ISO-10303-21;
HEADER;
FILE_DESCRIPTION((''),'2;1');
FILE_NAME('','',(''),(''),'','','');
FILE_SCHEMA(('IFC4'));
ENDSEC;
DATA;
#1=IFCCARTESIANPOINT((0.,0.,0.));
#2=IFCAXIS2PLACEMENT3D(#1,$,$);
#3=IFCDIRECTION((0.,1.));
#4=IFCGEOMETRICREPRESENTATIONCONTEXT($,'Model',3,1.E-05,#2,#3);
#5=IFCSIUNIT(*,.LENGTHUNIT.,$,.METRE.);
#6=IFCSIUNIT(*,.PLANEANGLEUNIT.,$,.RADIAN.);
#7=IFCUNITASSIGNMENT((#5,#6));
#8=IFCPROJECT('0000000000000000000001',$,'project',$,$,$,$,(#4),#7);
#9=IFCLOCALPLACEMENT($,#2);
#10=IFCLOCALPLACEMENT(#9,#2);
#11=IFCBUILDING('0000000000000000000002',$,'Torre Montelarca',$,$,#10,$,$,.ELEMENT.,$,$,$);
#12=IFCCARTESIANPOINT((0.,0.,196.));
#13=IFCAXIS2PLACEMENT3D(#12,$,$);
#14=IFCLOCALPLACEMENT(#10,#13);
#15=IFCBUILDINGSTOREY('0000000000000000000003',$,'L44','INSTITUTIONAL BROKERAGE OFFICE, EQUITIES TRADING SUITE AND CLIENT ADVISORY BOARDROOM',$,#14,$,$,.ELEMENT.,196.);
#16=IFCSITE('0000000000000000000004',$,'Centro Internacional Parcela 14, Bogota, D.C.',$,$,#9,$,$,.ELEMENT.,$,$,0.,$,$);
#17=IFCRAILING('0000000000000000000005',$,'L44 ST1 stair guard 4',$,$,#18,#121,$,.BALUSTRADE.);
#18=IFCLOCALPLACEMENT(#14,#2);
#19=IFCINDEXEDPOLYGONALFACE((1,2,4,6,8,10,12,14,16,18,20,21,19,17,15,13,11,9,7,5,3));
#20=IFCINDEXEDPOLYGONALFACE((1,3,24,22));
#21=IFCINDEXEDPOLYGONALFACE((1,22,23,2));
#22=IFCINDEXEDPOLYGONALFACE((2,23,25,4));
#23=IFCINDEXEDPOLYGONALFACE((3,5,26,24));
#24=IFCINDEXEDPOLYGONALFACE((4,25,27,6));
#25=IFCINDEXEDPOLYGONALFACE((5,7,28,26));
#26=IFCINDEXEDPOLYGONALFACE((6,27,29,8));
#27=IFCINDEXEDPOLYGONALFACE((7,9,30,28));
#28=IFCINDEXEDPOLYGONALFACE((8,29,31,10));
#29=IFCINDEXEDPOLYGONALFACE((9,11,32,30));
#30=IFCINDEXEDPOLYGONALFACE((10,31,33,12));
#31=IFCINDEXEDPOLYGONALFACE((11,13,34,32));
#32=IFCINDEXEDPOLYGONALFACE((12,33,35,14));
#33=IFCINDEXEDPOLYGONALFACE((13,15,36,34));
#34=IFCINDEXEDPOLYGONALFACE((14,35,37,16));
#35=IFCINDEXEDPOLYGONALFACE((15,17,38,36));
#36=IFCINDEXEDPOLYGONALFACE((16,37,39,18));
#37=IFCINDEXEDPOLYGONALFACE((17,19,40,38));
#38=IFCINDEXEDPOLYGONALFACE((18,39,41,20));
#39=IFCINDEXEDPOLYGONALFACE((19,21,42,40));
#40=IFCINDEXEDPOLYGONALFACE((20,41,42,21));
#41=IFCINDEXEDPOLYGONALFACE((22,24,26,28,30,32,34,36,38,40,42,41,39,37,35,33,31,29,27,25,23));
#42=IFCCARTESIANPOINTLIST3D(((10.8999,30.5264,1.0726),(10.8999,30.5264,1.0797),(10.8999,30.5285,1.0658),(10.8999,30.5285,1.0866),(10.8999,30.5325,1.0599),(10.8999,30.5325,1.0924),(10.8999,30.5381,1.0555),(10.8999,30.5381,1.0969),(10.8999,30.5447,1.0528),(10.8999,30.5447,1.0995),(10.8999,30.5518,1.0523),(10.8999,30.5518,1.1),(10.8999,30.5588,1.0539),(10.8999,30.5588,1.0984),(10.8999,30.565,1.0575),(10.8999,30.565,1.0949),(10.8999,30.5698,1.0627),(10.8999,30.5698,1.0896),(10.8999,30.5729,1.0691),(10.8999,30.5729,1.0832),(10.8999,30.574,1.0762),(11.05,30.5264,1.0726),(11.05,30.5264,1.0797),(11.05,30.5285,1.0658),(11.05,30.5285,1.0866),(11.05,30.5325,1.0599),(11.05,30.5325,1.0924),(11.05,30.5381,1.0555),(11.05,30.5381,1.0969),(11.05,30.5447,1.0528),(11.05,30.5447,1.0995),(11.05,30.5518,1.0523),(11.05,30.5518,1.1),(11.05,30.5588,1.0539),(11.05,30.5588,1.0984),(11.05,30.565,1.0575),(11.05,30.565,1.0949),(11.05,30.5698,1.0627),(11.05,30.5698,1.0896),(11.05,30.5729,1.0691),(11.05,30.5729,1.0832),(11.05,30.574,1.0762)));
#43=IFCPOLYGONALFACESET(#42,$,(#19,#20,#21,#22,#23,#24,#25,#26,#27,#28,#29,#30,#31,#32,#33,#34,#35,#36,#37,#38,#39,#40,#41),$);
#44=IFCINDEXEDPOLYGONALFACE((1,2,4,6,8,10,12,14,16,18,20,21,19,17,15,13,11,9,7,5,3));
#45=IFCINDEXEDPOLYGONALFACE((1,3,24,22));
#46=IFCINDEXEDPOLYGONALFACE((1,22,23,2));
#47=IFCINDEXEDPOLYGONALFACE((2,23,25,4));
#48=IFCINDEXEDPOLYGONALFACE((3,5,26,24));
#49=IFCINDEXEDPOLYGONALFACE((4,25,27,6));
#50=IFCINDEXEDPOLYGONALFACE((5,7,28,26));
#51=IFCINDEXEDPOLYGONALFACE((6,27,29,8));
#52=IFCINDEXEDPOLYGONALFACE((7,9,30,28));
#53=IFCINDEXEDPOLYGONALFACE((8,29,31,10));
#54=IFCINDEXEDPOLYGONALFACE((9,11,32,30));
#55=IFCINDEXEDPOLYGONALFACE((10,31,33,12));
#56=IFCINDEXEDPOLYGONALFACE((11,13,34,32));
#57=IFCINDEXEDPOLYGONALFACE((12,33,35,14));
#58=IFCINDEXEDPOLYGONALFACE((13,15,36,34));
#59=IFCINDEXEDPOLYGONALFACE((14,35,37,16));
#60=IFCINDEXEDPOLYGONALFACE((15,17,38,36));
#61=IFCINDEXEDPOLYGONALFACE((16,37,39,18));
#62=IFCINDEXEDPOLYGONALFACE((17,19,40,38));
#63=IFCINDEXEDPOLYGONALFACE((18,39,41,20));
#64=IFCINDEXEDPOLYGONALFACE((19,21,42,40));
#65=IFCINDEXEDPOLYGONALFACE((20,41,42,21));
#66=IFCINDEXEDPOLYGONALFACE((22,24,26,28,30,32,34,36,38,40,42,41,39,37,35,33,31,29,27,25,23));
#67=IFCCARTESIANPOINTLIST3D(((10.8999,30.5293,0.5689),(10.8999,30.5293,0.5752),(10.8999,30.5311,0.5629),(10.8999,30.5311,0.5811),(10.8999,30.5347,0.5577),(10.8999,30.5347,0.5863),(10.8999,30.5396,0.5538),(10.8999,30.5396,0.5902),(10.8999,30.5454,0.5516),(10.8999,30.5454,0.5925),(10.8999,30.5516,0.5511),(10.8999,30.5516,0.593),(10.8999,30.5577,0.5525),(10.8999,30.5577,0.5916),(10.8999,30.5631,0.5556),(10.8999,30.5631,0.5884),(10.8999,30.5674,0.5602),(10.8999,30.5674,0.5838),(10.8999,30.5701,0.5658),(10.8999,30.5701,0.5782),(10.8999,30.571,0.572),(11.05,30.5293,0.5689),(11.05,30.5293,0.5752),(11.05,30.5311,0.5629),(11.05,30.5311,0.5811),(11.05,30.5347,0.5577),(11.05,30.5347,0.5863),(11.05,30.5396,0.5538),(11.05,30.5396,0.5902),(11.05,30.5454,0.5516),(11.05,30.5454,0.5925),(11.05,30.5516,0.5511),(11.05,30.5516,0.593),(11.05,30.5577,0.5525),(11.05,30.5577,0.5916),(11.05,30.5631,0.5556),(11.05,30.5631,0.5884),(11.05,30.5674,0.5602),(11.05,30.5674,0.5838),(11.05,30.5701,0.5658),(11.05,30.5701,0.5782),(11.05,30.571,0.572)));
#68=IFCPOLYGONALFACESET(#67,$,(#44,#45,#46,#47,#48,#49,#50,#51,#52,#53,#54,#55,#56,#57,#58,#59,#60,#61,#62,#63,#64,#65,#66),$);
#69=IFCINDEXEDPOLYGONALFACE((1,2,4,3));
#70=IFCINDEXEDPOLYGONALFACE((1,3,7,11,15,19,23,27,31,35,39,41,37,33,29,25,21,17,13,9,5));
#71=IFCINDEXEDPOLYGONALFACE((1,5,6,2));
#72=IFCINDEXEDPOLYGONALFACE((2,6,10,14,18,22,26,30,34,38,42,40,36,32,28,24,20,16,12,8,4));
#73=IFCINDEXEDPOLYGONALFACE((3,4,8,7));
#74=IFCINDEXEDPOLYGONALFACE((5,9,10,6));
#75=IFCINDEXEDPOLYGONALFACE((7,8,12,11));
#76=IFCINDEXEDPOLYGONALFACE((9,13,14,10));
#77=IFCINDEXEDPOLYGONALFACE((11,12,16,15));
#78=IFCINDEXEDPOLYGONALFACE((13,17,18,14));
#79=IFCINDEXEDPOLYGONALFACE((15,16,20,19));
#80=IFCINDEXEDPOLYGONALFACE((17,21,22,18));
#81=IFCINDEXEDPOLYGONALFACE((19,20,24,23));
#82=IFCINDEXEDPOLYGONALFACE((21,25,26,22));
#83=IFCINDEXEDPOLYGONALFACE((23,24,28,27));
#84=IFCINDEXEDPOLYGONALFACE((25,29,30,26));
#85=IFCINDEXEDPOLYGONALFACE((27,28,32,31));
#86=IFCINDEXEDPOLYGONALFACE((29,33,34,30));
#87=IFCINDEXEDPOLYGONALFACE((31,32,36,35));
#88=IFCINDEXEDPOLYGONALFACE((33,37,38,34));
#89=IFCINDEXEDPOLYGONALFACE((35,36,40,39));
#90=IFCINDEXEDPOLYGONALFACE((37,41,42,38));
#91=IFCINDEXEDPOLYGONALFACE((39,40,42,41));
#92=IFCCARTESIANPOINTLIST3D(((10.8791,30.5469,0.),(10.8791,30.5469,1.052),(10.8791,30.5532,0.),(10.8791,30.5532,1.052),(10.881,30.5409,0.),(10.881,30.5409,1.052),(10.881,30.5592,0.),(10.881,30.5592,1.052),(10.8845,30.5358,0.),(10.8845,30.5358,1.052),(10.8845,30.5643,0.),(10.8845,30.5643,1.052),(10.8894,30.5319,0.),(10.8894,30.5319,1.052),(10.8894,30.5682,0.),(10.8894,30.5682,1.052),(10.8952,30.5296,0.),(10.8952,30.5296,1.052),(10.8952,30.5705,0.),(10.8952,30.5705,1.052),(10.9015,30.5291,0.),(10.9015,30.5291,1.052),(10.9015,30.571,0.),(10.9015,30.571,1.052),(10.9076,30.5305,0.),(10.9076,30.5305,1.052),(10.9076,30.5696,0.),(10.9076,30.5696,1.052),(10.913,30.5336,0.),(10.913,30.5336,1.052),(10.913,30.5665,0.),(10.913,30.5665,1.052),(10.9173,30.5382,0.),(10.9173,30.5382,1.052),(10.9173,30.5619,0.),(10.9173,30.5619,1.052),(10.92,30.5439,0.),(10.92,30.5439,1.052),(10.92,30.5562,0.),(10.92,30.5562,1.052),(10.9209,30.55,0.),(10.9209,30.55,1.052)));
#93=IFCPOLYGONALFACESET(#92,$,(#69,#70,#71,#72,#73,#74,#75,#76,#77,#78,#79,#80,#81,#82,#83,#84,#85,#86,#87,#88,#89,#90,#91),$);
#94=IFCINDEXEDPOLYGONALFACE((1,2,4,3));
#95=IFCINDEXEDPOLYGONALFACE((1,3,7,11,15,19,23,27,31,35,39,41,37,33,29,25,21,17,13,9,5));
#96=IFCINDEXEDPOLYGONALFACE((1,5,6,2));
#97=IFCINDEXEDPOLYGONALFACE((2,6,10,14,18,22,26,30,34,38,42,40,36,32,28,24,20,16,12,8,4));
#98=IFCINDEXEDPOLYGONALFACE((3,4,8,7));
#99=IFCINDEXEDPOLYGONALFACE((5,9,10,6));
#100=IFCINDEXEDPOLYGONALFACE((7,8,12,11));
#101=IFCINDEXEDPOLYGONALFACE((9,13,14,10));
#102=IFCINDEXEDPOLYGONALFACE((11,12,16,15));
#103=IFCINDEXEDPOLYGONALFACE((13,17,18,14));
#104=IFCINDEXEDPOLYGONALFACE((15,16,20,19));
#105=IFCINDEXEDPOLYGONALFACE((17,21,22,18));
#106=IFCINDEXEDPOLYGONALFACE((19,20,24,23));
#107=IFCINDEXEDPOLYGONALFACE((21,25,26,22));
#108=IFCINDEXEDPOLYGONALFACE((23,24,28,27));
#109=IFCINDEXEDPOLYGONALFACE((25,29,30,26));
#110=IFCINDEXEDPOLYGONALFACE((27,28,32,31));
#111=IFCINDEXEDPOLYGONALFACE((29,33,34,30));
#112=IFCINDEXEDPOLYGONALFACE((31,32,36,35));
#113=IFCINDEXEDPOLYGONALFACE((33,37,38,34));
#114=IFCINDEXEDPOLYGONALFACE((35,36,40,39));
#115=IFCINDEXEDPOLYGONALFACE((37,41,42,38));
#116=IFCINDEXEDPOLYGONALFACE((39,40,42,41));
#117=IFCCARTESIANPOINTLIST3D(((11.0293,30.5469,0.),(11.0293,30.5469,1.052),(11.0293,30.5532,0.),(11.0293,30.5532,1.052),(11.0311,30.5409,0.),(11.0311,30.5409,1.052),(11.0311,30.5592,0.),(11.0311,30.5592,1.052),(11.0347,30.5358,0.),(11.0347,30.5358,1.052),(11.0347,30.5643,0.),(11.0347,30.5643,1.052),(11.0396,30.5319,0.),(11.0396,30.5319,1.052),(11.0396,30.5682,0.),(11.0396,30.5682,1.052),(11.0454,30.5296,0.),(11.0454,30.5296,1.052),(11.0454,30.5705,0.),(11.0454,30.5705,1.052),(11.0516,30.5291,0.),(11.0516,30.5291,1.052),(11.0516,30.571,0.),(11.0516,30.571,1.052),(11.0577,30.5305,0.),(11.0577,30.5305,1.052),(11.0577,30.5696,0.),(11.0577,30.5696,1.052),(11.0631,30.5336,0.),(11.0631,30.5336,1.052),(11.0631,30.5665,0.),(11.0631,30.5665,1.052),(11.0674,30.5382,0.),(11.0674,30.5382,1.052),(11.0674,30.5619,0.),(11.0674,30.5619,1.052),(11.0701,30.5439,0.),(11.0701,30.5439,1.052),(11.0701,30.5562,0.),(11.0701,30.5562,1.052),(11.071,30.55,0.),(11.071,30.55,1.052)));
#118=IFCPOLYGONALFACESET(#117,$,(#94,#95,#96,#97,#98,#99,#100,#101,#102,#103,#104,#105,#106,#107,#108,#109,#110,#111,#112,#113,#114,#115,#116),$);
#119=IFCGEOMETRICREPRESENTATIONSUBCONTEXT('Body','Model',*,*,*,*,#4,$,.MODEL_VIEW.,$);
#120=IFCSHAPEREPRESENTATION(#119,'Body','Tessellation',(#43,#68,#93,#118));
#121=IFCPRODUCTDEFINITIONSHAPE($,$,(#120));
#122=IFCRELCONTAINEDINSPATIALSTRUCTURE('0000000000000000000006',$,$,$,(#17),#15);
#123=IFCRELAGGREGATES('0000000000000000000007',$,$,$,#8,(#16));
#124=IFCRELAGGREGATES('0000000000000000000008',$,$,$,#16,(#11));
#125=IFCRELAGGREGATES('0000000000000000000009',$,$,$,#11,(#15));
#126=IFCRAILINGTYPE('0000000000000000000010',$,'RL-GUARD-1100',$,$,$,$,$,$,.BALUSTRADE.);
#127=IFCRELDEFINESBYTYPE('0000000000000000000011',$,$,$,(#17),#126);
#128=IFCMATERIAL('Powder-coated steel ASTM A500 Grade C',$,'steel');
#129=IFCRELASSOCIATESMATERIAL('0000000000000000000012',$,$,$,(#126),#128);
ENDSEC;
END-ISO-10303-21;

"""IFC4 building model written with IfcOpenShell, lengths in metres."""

from ifc_helpers import new_model, si_unit, direction, frame, origin, origin_2d, place, context, subcontext, project, spatial, circle, extrude, material, type_object, element, save


model = new_model("IFC4")

# Units and contexts
model_context = context("Model", 3, precision=1e-05, world=origin(), true_north=direction((0.0, 1.0)))
body_context = subcontext(model_context, "Body", "Model", "MODEL_VIEW")
ifc_project = project(units=[si_unit("LENGTHUNIT", "METRE"), si_unit("PLANEANGLEUNIT", "RADIAN")], contexts=[model_context])

# Site, building, storey
site_placement = place(None, origin())
site = spatial("IfcSite", under=ifc_project, at=site_placement, Name="Centro Internacional Parcela 14, Bogota, D.C.", CompositionType="ELEMENT", RefElevation=0.0)
building_placement = place(site_placement, origin())
building = spatial("IfcBuilding", under=site, at=building_placement, Name="Torre Montelarca", CompositionType="ELEMENT")
storey_placement = place(building_placement, frame((0.0, 0.0, 196.0)))
storey = spatial("IfcBuildingStorey", under=building, at=storey_placement, Name="L44", Description="INSTITUTIONAL BROKERAGE OFFICE, EQUITIES TRADING SUITE AND CLIENT ADVISORY BOARDROOM", CompositionType="ELEMENT", Elevation=196.0)

# Railing
ifc_material_1 = material(Name="Powder-coated steel ASTM A500 Grade C", Category="steel")
railing_type_1 = type_object("IfcRailingType", Name="RL-GUARD-1100", PredefinedType="BALUSTRADE", material=ifc_material_1)
railing_1_placement = place(storey_placement, frame((10.8999, 30.55, 0.0)))
element("IfcRailing", 1, at=railing_1_placement, inside=storey, type_object=railing_type_1, Name="L44 ST1 stair guard 4", PredefinedType="BALUSTRADE", context=body_context, shape_type="SweptSolid", body=[
    extrude(circle(Radius=0.0239, at=origin_2d()), frame((0.0, 0.0, 1.0762), z_axis=(1.0, 0.0, 0.0), x_axis=(0.0, 1.0, 0.0)), (0.0, 0.0, 1.0), 0.1501),
    extrude(circle(Radius=0.021, at=origin_2d()), frame((0.0, 0.0, 0.572), z_axis=(1.0, 0.0, 0.0), x_axis=(0.0, 1.0, 0.0)), (0.0, 0.0, 1.0), 0.1501),
    extrude(circle(Radius=0.021, at=origin_2d()), origin(), (0.0, 0.0, 1.0), 1.052),
    extrude(circle(Radius=0.021, at=origin_2d()), frame((0.1501, 0.0, 0.0)), (0.0, 0.0, 1.0), 1.052),
])

save(model, "model.ifc")
